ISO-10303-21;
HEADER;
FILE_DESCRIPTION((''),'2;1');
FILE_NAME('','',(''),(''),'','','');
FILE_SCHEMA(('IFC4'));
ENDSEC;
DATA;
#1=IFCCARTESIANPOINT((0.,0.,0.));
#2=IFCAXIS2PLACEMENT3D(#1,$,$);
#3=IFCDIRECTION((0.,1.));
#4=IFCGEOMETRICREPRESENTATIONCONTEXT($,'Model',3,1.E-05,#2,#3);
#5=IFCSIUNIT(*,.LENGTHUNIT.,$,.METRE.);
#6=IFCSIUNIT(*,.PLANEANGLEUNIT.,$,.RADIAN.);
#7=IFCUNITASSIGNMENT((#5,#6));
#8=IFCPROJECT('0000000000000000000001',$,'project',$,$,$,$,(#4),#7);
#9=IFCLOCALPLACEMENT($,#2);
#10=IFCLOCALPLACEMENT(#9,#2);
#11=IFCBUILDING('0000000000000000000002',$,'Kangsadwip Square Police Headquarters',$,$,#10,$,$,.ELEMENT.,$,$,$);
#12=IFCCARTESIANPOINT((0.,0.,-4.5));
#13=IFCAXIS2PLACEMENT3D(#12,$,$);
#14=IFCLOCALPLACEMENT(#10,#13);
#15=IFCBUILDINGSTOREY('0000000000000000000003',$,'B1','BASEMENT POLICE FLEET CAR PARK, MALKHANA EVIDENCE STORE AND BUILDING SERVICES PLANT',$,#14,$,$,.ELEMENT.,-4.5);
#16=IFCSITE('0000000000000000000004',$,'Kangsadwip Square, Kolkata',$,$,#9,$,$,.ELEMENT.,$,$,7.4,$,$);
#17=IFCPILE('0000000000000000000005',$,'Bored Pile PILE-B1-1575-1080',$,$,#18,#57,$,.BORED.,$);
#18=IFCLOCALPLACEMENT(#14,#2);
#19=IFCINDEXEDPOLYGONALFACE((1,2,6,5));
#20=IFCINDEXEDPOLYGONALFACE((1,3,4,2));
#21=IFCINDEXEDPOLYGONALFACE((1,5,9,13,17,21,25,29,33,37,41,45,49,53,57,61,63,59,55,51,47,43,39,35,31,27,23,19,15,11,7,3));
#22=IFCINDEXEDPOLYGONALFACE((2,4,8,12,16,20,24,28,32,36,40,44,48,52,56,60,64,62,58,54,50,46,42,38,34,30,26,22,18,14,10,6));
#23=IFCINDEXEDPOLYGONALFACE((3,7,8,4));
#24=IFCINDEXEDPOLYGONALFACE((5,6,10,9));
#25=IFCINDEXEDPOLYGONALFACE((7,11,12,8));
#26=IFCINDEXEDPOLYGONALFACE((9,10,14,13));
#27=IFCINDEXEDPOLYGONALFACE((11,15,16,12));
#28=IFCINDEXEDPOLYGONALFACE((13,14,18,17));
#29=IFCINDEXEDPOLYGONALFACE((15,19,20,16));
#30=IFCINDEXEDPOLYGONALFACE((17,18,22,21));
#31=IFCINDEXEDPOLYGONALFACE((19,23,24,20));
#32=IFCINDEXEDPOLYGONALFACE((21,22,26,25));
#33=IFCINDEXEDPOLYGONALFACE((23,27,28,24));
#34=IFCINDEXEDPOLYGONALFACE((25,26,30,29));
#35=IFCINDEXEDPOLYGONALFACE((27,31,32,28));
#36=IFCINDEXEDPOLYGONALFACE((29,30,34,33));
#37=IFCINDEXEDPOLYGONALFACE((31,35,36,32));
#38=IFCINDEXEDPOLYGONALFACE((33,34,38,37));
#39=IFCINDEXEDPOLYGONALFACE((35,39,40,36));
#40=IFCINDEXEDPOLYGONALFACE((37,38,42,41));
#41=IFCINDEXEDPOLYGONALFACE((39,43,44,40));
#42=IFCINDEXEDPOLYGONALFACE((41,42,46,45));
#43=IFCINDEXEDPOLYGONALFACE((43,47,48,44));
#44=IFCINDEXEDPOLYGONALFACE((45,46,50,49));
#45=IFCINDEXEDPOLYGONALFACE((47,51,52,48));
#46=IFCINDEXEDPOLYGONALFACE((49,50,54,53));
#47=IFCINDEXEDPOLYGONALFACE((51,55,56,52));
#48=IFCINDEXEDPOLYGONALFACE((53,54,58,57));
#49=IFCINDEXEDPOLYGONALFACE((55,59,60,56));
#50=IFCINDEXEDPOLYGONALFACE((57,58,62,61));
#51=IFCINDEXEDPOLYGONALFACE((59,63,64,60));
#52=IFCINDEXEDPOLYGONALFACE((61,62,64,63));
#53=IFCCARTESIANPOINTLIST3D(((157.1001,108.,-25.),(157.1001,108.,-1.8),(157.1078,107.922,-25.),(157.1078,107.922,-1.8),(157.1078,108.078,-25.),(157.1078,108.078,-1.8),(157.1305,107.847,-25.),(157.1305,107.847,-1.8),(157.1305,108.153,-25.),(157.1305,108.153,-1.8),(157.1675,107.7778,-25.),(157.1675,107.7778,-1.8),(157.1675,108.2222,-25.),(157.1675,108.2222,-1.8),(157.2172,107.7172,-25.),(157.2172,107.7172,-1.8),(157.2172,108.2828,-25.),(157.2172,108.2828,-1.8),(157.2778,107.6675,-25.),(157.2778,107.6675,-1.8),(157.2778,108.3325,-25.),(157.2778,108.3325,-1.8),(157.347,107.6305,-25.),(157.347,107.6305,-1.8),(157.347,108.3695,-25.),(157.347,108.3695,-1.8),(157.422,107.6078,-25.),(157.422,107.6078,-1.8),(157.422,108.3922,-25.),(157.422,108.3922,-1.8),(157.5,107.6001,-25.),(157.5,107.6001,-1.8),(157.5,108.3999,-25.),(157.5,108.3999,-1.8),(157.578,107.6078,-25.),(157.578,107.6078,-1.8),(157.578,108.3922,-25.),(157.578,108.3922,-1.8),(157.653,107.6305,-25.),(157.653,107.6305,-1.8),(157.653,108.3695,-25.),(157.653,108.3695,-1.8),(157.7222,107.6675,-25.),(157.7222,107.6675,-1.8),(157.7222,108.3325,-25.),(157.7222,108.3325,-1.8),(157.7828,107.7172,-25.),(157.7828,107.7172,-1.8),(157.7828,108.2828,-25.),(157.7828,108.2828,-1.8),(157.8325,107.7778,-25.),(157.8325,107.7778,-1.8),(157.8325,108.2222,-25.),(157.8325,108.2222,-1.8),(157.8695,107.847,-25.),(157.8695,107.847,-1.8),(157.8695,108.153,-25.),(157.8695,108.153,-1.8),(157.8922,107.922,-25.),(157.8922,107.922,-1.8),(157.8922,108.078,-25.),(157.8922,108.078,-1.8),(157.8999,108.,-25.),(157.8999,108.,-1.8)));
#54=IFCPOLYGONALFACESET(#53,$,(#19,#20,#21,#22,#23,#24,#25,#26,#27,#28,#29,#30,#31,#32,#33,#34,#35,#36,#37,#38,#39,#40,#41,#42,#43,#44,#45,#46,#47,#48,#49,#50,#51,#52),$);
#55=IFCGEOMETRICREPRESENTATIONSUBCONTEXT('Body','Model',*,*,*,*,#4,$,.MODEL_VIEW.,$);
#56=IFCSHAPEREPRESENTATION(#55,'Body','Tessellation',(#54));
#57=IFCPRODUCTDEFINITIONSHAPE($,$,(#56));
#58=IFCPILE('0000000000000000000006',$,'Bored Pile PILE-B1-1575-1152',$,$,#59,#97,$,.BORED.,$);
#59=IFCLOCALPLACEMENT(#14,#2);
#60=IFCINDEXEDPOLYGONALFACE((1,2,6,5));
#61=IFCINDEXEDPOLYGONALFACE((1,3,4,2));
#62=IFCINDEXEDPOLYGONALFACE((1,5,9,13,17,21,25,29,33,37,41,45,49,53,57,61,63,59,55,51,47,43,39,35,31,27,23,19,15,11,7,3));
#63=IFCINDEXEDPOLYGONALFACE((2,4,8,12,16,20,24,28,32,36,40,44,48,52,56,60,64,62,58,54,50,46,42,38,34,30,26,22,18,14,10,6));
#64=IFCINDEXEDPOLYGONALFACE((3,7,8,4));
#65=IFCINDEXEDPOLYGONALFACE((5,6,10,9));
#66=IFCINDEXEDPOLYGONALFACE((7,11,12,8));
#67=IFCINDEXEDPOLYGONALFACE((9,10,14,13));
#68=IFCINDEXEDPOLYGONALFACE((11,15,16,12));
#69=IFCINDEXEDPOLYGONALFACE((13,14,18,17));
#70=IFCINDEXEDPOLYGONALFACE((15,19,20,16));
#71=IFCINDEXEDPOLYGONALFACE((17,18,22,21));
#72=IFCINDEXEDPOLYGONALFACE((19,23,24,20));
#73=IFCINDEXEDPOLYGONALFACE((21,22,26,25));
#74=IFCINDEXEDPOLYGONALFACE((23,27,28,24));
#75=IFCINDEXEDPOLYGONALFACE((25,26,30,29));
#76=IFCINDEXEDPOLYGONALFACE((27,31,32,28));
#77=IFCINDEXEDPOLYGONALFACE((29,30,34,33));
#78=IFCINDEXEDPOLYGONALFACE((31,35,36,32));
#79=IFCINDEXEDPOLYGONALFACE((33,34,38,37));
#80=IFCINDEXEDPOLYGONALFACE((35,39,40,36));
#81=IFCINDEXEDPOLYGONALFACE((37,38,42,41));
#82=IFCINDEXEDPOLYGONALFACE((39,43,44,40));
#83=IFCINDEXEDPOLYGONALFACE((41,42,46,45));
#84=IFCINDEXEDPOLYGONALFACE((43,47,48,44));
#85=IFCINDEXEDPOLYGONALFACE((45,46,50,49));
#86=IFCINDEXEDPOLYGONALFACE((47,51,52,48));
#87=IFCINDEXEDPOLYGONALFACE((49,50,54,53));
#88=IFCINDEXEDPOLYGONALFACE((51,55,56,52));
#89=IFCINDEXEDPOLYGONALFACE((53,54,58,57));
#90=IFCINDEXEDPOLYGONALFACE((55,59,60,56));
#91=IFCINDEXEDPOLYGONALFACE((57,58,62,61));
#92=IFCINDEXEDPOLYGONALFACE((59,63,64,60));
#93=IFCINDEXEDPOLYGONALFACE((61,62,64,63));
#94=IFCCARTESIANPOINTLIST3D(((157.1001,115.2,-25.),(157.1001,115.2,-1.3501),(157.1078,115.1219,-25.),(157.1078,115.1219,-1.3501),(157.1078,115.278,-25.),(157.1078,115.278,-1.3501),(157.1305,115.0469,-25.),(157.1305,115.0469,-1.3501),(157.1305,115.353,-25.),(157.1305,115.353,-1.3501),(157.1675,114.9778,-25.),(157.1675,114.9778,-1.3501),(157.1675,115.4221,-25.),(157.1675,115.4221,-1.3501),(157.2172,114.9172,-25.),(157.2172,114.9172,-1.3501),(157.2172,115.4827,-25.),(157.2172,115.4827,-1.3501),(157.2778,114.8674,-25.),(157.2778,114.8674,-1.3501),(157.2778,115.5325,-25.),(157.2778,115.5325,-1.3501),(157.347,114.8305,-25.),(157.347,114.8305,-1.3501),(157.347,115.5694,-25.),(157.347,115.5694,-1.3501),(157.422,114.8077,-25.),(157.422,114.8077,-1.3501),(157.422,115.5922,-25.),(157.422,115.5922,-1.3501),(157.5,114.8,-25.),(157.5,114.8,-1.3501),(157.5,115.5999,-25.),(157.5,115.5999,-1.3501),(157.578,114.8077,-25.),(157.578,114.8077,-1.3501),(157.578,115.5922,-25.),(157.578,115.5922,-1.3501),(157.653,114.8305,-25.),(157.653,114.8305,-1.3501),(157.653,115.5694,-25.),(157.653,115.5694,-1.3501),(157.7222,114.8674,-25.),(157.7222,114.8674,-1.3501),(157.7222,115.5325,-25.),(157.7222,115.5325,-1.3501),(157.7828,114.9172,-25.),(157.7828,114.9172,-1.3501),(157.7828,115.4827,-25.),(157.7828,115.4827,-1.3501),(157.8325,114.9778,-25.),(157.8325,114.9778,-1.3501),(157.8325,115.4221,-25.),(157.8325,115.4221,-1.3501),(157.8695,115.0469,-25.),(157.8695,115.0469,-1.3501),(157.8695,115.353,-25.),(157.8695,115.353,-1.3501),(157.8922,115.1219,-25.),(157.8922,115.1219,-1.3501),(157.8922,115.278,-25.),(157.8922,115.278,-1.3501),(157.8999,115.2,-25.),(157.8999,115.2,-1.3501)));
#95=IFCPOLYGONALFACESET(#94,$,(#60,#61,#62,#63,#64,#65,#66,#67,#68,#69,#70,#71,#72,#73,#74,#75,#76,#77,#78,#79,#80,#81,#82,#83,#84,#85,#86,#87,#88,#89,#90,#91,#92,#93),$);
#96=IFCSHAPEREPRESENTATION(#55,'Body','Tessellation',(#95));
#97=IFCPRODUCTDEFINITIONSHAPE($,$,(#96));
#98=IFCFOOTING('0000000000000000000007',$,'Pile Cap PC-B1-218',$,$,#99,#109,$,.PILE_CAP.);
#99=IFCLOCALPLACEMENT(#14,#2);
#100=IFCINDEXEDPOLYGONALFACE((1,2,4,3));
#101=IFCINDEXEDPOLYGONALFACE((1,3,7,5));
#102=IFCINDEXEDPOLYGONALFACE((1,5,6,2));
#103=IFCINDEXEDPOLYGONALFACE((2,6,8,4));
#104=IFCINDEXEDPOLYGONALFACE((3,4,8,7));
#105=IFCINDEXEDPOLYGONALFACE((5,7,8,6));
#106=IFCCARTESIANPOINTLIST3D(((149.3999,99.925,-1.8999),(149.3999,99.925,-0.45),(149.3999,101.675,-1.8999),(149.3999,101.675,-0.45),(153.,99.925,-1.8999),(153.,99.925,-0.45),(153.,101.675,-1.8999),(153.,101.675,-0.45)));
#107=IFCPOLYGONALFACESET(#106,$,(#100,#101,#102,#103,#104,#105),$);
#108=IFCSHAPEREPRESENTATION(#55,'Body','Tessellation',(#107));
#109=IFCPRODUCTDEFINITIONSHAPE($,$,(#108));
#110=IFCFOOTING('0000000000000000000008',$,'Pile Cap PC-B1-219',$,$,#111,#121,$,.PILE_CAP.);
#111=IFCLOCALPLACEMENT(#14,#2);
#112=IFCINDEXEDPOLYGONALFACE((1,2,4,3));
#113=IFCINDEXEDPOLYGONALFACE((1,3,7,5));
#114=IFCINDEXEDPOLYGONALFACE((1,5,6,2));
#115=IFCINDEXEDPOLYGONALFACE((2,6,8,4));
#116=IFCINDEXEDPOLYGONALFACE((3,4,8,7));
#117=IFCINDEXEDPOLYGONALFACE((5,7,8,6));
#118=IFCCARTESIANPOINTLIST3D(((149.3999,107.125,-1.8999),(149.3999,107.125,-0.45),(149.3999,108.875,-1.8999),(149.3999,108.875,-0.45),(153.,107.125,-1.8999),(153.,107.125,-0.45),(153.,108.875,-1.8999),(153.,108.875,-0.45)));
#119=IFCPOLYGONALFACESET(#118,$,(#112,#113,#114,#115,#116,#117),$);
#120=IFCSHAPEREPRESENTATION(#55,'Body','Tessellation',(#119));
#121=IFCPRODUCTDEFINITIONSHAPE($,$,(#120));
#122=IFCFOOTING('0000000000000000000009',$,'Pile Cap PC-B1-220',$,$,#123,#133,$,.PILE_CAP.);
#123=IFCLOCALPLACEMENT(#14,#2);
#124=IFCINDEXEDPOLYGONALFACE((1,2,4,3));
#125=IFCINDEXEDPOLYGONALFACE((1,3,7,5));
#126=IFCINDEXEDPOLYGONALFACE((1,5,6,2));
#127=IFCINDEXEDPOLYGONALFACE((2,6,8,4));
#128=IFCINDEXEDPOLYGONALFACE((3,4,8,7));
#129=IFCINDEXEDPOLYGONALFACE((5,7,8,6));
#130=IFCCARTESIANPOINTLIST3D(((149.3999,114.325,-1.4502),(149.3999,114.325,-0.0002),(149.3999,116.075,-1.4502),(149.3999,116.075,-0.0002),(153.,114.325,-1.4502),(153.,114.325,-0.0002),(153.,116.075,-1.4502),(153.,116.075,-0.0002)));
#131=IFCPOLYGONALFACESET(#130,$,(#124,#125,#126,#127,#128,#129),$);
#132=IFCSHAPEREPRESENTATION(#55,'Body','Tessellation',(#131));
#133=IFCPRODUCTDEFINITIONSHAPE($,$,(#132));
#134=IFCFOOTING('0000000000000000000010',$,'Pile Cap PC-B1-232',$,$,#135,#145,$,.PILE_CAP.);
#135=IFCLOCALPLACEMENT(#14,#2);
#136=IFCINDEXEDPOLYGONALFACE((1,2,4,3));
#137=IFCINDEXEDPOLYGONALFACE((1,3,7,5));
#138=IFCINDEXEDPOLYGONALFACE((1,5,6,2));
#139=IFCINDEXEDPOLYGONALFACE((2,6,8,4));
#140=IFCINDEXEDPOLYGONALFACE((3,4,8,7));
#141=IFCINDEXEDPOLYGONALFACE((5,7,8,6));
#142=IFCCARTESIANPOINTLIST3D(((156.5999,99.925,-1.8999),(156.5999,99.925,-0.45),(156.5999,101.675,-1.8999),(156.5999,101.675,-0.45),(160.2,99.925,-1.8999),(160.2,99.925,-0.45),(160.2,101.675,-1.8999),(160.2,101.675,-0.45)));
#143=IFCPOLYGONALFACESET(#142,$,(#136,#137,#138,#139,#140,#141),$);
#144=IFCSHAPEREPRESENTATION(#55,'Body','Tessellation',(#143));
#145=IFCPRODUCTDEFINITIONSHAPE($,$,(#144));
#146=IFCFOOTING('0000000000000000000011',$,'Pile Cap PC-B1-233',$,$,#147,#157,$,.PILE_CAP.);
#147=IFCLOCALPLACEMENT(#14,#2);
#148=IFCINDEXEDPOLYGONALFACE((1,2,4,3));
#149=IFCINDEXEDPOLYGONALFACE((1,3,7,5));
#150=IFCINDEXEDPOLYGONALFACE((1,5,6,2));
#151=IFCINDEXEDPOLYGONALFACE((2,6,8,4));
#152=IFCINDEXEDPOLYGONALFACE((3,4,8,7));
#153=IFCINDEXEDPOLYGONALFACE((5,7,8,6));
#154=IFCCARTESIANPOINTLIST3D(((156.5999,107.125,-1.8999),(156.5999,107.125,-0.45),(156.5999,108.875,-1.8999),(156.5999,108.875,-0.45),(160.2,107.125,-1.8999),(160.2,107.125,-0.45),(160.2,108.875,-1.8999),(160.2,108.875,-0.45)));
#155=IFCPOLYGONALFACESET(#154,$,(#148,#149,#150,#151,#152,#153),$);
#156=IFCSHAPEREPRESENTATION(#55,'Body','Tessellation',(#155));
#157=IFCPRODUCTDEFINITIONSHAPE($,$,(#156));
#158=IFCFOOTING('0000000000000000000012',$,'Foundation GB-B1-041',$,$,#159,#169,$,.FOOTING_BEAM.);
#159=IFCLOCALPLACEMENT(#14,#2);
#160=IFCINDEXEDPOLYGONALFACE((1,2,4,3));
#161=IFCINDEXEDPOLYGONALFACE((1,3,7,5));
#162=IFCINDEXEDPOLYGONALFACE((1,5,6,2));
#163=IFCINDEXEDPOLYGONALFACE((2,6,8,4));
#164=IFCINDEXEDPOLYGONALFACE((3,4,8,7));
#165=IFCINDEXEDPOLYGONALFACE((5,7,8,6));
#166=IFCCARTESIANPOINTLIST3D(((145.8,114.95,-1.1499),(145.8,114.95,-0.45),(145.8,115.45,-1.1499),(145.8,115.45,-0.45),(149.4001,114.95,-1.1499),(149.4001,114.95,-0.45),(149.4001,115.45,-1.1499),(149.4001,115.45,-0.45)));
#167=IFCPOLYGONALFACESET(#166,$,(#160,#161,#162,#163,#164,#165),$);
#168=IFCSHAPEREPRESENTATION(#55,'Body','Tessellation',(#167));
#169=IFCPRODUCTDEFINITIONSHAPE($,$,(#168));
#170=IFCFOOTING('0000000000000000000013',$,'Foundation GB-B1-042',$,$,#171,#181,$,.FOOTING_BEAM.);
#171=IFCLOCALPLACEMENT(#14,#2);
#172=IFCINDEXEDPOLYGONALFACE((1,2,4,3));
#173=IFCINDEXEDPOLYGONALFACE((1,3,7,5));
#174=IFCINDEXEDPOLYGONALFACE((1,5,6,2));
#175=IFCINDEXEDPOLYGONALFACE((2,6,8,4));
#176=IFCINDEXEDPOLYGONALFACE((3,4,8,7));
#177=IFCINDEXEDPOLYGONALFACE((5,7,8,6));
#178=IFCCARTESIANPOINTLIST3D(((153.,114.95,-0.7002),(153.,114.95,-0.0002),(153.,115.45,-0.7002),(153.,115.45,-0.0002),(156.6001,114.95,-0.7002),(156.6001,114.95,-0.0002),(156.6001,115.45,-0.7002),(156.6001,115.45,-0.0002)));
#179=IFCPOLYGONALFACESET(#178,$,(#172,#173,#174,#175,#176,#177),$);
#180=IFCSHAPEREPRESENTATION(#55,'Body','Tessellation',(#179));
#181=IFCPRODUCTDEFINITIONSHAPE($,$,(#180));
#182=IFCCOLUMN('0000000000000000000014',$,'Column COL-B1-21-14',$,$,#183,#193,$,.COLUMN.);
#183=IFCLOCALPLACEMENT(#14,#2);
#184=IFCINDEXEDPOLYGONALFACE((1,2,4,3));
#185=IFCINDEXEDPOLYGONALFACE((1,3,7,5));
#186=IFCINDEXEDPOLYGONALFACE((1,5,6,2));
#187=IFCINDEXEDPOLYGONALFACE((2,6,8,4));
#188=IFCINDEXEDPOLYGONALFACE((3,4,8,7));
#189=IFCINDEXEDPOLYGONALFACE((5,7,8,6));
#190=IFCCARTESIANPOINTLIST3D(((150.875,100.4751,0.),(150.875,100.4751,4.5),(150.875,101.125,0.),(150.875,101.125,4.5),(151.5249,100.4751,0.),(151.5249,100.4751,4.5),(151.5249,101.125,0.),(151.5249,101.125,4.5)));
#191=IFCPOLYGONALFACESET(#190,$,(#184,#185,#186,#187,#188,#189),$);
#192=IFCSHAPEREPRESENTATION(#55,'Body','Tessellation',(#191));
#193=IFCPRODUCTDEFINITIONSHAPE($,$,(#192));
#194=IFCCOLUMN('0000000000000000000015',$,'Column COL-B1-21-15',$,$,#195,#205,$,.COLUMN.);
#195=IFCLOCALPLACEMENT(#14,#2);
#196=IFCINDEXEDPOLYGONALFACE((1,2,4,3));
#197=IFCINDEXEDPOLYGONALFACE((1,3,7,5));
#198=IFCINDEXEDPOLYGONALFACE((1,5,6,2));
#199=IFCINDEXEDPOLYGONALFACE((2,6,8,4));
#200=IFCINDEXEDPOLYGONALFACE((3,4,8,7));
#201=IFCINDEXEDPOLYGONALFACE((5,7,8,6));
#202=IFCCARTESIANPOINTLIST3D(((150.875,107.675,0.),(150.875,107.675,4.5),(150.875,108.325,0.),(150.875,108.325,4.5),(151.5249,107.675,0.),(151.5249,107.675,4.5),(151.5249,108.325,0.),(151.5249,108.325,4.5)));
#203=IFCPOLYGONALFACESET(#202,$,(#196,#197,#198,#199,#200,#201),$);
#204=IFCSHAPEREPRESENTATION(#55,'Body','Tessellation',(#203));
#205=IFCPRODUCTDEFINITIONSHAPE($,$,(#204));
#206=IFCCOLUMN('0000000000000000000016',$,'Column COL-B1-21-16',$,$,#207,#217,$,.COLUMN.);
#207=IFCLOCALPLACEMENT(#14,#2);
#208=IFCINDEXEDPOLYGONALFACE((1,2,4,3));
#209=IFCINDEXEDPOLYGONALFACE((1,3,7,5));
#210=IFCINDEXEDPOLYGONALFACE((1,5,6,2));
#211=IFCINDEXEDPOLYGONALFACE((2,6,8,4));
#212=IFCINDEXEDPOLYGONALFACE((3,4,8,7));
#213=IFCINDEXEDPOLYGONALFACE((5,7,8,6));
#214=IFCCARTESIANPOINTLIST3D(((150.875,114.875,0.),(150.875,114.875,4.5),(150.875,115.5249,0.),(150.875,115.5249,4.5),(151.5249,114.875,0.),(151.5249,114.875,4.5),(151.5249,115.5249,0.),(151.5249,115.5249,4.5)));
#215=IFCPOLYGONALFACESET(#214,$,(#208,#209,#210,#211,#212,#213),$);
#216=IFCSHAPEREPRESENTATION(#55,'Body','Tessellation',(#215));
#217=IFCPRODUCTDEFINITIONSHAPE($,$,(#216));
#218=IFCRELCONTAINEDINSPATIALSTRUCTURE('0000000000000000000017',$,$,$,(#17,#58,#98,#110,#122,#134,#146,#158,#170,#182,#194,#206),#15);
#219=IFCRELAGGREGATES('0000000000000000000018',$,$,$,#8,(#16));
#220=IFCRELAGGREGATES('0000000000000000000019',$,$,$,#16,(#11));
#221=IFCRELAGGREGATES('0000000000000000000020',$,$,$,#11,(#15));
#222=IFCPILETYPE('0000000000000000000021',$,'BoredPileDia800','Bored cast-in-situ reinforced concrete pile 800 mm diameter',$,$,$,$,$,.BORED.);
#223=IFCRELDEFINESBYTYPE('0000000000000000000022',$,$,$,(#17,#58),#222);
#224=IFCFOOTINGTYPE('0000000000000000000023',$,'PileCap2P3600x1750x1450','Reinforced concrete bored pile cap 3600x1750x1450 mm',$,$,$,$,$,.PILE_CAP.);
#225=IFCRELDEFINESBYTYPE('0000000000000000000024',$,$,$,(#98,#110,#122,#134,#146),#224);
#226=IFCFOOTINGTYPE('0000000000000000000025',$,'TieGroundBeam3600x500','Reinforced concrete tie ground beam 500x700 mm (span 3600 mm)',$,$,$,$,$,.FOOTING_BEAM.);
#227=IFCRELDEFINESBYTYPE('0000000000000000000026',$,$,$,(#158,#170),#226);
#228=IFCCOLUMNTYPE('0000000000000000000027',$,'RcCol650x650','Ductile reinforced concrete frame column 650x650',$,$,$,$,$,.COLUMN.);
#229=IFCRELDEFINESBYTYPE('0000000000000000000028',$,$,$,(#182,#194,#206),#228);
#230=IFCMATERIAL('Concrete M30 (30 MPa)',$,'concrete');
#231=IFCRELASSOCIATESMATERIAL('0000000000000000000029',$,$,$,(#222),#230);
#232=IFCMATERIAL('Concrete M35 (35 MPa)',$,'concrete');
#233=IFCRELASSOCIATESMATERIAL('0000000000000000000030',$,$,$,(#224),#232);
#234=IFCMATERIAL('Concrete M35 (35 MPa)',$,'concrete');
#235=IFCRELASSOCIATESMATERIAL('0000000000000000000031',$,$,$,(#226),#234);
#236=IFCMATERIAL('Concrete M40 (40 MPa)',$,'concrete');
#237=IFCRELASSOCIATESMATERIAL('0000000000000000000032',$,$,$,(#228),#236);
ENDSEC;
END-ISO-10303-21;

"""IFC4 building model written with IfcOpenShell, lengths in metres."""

from ifc_helpers import new_model, si_unit, direction, frame, origin, origin_2d, place, context, subcontext, project, spatial, rectangle, circle, extrude, material, material_profile, profile_set, type_object, element, save


model = new_model("IFC4")

# Units and contexts
model_context = context("Model", 3, precision=1e-05, world=origin(), true_north=direction((0.0, 1.0)))
body_context = subcontext(model_context, "Body", "Model", "MODEL_VIEW")
ifc_project = project(units=[si_unit("LENGTHUNIT", "METRE"), si_unit("PLANEANGLEUNIT", "RADIAN")], contexts=[model_context])

# Site, building, storey
site_placement = place(None, origin())
site = spatial("IfcSite", under=ifc_project, at=site_placement, Name="Kangsadwip Square, Kolkata", CompositionType="ELEMENT", RefElevation=7.4)
building_placement = place(site_placement, origin())
building = spatial("IfcBuilding", under=site, at=building_placement, Name="Kangsadwip Square Police Headquarters", CompositionType="ELEMENT")
storey_placement = place(building_placement, frame((0.0, 0.0, -4.5)))
storey = spatial("IfcBuildingStorey", under=building, at=storey_placement, Name="B1", Description="BASEMENT POLICE FLEET CAR PARK, MALKHANA EVIDENCE STORE AND BUILDING SERVICES PLANT", CompositionType="ELEMENT", Elevation=-4.5)

# Piles
ifc_material_1 = material(Name="Concrete M30 (30 MPa)", Category="concrete")
ifc_material_profile_1 = material_profile(ifc_material_1, circle(Radius=0.3999, at=origin_2d()), Name="PILE DIA 800")
ifc_profile_set_1 = profile_set([ifc_material_profile_1], Name="Concrete M30 (30 MPa)")
pile_type = type_object("IfcPileType", Name="BoredPileDia800", Description="Bored cast-in-situ reinforced concrete pile 800 mm diameter", PredefinedType="BORED", material=ifc_profile_set_1)
for number, where, z_axis, x_axis, name in (
    (1, (157.5, 108.0, -1.8), (0.0, 0.0, -1.0), (1.0, 0.0, 0.0), "Bored Pile PILE-B1-1575-1080"),
):
    element("IfcPile", number, at=place(storey_placement, frame(where, z_axis=z_axis, x_axis=x_axis)), inside=storey, type_object=pile_type, Name=name, PredefinedType="BORED", context=body_context, shape_type="SweptSolid", body=[
        extrude(circle(Radius=0.3999, at=origin_2d()), origin(), (0.0, 0.0, 1.0), 23.2),
    ])
pile_placement = place(storey_placement, frame((157.5, 115.2, -1.3501), z_axis=(0.0, 0.0, -1.0), x_axis=(1.0, 0.0, 0.0)))
element("IfcPile", 2, at=pile_placement, inside=storey, type_object=pile_type, Name="Bored Pile PILE-B1-1575-1152", PredefinedType="BORED", context=body_context, shape_type="SweptSolid", body=[
    extrude(circle(Radius=0.3999, at=origin_2d()), origin(), (0.0, 0.0, 1.0), 23.6499),
])

# Footings
ifc_material_2 = material(Name="Concrete M35 (35 MPa)", Category="concrete")
footing_type_1 = type_object("IfcFootingType", Name="PileCap2P3600x1750x1450", Description="Reinforced concrete bored pile cap 3600x1750x1450 mm", PredefinedType="PILE_CAP", material=ifc_material_2)
for number, where, z_axis, x_axis, name in (
    (3, (151.2, 100.8, -1.8999), (0.0, 0.0, 1.0), (1.0, 0.0, 0.0), "Pile Cap PC-B1-218"),
    (4, (151.2, 108.0, -1.8999), (0.0, 0.0, 1.0), (1.0, 0.0, 0.0), "Pile Cap PC-B1-219"),
    (5, (151.2, 115.2, -1.4502), (0.0, 0.0, 1.0), (1.0, 0.0, 0.0), "Pile Cap PC-B1-220"),
    (6, (158.3999, 100.8, -1.8999), (0.0, 0.0, 1.0), (1.0, 0.0, 0.0), "Pile Cap PC-B1-232"),
    (7, (158.3999, 108.0, -1.8999), (0.0, 0.0, 1.0), (1.0, 0.0, 0.0), "Pile Cap PC-B1-233"),
):
    element("IfcFooting", number, at=place(storey_placement, frame(where, z_axis=z_axis, x_axis=x_axis)), inside=storey, type_object=footing_type_1, Name=name, PredefinedType="PILE_CAP", context=body_context, shape_type="SweptSolid", body=[
        extrude(rectangle(XDim=3.6001, YDim=1.75, at=origin_2d()), origin(), (0.0, 0.0, 1.0), 1.45),
    ])
ifc_material_3 = material(Name="Concrete M35 (35 MPa)", Category="concrete")
footing_type_2 = type_object("IfcFootingType", Name="TieGroundBeam3600x500", Description="Reinforced concrete tie ground beam 500x700 mm (span 3600 mm)", PredefinedType="FOOTING_BEAM", material=ifc_material_3)
for number, where, z_axis, x_axis, name in (
    (8, (147.6001, 115.2, -1.1499), (0.0, 0.0, 1.0), (1.0, 0.0, 0.0), "Foundation GB-B1-041"),
    (9, (154.8, 115.2, -0.7002), (0.0, 0.0, 1.0), (1.0, 0.0, 0.0), "Foundation GB-B1-042"),
):
    element("IfcFooting", number, at=place(storey_placement, frame(where, z_axis=z_axis, x_axis=x_axis)), inside=storey, type_object=footing_type_2, Name=name, PredefinedType="FOOTING_BEAM", context=body_context, shape_type="SweptSolid", body=[
        extrude(rectangle(XDim=3.6001, YDim=0.5, at=origin_2d()), origin(), (0.0, 0.0, 1.0), 0.7),
    ])

# Columns
ifc_material_4 = material(Name="Concrete M40 (40 MPa)", Category="concrete")
ifc_material_profile_2 = material_profile(ifc_material_4, rectangle(XDim=0.6499, YDim=0.6499, at=origin_2d()), Name="RC COL 650X650")
ifc_profile_set_2 = profile_set([ifc_material_profile_2], Name="Concrete M40 (40 MPa)")
column_type = type_object("IfcColumnType", Name="RcCol650x650", Description="Ductile reinforced concrete frame column 650x650", PredefinedType="COLUMN", material=ifc_profile_set_2)
for number, where, z_axis, x_axis, name in (
    (10, (151.2, 100.8, 0.0), (0.0, 0.0, 1.0), (1.0, 0.0, 0.0), "Column COL-B1-21-14"),
    (11, (151.2, 108.0, 0.0), (0.0, 0.0, 1.0), (1.0, 0.0, 0.0), "Column COL-B1-21-15"),
    (12, (151.2, 115.2, 0.0), (0.0, 0.0, 1.0), (1.0, 0.0, 0.0), "Column COL-B1-21-16"),
):
    element("IfcColumn", number, at=place(storey_placement, frame(where, z_axis=z_axis, x_axis=x_axis)), inside=storey, type_object=column_type, Name=name, PredefinedType="COLUMN", context=body_context, shape_type="SweptSolid", body=[
        extrude(rectangle(XDim=0.6499, YDim=0.6499, at=origin_2d()), origin(), (0.0, 0.0, 1.0), 4.5),
    ])

save(model, "model.ifc")
